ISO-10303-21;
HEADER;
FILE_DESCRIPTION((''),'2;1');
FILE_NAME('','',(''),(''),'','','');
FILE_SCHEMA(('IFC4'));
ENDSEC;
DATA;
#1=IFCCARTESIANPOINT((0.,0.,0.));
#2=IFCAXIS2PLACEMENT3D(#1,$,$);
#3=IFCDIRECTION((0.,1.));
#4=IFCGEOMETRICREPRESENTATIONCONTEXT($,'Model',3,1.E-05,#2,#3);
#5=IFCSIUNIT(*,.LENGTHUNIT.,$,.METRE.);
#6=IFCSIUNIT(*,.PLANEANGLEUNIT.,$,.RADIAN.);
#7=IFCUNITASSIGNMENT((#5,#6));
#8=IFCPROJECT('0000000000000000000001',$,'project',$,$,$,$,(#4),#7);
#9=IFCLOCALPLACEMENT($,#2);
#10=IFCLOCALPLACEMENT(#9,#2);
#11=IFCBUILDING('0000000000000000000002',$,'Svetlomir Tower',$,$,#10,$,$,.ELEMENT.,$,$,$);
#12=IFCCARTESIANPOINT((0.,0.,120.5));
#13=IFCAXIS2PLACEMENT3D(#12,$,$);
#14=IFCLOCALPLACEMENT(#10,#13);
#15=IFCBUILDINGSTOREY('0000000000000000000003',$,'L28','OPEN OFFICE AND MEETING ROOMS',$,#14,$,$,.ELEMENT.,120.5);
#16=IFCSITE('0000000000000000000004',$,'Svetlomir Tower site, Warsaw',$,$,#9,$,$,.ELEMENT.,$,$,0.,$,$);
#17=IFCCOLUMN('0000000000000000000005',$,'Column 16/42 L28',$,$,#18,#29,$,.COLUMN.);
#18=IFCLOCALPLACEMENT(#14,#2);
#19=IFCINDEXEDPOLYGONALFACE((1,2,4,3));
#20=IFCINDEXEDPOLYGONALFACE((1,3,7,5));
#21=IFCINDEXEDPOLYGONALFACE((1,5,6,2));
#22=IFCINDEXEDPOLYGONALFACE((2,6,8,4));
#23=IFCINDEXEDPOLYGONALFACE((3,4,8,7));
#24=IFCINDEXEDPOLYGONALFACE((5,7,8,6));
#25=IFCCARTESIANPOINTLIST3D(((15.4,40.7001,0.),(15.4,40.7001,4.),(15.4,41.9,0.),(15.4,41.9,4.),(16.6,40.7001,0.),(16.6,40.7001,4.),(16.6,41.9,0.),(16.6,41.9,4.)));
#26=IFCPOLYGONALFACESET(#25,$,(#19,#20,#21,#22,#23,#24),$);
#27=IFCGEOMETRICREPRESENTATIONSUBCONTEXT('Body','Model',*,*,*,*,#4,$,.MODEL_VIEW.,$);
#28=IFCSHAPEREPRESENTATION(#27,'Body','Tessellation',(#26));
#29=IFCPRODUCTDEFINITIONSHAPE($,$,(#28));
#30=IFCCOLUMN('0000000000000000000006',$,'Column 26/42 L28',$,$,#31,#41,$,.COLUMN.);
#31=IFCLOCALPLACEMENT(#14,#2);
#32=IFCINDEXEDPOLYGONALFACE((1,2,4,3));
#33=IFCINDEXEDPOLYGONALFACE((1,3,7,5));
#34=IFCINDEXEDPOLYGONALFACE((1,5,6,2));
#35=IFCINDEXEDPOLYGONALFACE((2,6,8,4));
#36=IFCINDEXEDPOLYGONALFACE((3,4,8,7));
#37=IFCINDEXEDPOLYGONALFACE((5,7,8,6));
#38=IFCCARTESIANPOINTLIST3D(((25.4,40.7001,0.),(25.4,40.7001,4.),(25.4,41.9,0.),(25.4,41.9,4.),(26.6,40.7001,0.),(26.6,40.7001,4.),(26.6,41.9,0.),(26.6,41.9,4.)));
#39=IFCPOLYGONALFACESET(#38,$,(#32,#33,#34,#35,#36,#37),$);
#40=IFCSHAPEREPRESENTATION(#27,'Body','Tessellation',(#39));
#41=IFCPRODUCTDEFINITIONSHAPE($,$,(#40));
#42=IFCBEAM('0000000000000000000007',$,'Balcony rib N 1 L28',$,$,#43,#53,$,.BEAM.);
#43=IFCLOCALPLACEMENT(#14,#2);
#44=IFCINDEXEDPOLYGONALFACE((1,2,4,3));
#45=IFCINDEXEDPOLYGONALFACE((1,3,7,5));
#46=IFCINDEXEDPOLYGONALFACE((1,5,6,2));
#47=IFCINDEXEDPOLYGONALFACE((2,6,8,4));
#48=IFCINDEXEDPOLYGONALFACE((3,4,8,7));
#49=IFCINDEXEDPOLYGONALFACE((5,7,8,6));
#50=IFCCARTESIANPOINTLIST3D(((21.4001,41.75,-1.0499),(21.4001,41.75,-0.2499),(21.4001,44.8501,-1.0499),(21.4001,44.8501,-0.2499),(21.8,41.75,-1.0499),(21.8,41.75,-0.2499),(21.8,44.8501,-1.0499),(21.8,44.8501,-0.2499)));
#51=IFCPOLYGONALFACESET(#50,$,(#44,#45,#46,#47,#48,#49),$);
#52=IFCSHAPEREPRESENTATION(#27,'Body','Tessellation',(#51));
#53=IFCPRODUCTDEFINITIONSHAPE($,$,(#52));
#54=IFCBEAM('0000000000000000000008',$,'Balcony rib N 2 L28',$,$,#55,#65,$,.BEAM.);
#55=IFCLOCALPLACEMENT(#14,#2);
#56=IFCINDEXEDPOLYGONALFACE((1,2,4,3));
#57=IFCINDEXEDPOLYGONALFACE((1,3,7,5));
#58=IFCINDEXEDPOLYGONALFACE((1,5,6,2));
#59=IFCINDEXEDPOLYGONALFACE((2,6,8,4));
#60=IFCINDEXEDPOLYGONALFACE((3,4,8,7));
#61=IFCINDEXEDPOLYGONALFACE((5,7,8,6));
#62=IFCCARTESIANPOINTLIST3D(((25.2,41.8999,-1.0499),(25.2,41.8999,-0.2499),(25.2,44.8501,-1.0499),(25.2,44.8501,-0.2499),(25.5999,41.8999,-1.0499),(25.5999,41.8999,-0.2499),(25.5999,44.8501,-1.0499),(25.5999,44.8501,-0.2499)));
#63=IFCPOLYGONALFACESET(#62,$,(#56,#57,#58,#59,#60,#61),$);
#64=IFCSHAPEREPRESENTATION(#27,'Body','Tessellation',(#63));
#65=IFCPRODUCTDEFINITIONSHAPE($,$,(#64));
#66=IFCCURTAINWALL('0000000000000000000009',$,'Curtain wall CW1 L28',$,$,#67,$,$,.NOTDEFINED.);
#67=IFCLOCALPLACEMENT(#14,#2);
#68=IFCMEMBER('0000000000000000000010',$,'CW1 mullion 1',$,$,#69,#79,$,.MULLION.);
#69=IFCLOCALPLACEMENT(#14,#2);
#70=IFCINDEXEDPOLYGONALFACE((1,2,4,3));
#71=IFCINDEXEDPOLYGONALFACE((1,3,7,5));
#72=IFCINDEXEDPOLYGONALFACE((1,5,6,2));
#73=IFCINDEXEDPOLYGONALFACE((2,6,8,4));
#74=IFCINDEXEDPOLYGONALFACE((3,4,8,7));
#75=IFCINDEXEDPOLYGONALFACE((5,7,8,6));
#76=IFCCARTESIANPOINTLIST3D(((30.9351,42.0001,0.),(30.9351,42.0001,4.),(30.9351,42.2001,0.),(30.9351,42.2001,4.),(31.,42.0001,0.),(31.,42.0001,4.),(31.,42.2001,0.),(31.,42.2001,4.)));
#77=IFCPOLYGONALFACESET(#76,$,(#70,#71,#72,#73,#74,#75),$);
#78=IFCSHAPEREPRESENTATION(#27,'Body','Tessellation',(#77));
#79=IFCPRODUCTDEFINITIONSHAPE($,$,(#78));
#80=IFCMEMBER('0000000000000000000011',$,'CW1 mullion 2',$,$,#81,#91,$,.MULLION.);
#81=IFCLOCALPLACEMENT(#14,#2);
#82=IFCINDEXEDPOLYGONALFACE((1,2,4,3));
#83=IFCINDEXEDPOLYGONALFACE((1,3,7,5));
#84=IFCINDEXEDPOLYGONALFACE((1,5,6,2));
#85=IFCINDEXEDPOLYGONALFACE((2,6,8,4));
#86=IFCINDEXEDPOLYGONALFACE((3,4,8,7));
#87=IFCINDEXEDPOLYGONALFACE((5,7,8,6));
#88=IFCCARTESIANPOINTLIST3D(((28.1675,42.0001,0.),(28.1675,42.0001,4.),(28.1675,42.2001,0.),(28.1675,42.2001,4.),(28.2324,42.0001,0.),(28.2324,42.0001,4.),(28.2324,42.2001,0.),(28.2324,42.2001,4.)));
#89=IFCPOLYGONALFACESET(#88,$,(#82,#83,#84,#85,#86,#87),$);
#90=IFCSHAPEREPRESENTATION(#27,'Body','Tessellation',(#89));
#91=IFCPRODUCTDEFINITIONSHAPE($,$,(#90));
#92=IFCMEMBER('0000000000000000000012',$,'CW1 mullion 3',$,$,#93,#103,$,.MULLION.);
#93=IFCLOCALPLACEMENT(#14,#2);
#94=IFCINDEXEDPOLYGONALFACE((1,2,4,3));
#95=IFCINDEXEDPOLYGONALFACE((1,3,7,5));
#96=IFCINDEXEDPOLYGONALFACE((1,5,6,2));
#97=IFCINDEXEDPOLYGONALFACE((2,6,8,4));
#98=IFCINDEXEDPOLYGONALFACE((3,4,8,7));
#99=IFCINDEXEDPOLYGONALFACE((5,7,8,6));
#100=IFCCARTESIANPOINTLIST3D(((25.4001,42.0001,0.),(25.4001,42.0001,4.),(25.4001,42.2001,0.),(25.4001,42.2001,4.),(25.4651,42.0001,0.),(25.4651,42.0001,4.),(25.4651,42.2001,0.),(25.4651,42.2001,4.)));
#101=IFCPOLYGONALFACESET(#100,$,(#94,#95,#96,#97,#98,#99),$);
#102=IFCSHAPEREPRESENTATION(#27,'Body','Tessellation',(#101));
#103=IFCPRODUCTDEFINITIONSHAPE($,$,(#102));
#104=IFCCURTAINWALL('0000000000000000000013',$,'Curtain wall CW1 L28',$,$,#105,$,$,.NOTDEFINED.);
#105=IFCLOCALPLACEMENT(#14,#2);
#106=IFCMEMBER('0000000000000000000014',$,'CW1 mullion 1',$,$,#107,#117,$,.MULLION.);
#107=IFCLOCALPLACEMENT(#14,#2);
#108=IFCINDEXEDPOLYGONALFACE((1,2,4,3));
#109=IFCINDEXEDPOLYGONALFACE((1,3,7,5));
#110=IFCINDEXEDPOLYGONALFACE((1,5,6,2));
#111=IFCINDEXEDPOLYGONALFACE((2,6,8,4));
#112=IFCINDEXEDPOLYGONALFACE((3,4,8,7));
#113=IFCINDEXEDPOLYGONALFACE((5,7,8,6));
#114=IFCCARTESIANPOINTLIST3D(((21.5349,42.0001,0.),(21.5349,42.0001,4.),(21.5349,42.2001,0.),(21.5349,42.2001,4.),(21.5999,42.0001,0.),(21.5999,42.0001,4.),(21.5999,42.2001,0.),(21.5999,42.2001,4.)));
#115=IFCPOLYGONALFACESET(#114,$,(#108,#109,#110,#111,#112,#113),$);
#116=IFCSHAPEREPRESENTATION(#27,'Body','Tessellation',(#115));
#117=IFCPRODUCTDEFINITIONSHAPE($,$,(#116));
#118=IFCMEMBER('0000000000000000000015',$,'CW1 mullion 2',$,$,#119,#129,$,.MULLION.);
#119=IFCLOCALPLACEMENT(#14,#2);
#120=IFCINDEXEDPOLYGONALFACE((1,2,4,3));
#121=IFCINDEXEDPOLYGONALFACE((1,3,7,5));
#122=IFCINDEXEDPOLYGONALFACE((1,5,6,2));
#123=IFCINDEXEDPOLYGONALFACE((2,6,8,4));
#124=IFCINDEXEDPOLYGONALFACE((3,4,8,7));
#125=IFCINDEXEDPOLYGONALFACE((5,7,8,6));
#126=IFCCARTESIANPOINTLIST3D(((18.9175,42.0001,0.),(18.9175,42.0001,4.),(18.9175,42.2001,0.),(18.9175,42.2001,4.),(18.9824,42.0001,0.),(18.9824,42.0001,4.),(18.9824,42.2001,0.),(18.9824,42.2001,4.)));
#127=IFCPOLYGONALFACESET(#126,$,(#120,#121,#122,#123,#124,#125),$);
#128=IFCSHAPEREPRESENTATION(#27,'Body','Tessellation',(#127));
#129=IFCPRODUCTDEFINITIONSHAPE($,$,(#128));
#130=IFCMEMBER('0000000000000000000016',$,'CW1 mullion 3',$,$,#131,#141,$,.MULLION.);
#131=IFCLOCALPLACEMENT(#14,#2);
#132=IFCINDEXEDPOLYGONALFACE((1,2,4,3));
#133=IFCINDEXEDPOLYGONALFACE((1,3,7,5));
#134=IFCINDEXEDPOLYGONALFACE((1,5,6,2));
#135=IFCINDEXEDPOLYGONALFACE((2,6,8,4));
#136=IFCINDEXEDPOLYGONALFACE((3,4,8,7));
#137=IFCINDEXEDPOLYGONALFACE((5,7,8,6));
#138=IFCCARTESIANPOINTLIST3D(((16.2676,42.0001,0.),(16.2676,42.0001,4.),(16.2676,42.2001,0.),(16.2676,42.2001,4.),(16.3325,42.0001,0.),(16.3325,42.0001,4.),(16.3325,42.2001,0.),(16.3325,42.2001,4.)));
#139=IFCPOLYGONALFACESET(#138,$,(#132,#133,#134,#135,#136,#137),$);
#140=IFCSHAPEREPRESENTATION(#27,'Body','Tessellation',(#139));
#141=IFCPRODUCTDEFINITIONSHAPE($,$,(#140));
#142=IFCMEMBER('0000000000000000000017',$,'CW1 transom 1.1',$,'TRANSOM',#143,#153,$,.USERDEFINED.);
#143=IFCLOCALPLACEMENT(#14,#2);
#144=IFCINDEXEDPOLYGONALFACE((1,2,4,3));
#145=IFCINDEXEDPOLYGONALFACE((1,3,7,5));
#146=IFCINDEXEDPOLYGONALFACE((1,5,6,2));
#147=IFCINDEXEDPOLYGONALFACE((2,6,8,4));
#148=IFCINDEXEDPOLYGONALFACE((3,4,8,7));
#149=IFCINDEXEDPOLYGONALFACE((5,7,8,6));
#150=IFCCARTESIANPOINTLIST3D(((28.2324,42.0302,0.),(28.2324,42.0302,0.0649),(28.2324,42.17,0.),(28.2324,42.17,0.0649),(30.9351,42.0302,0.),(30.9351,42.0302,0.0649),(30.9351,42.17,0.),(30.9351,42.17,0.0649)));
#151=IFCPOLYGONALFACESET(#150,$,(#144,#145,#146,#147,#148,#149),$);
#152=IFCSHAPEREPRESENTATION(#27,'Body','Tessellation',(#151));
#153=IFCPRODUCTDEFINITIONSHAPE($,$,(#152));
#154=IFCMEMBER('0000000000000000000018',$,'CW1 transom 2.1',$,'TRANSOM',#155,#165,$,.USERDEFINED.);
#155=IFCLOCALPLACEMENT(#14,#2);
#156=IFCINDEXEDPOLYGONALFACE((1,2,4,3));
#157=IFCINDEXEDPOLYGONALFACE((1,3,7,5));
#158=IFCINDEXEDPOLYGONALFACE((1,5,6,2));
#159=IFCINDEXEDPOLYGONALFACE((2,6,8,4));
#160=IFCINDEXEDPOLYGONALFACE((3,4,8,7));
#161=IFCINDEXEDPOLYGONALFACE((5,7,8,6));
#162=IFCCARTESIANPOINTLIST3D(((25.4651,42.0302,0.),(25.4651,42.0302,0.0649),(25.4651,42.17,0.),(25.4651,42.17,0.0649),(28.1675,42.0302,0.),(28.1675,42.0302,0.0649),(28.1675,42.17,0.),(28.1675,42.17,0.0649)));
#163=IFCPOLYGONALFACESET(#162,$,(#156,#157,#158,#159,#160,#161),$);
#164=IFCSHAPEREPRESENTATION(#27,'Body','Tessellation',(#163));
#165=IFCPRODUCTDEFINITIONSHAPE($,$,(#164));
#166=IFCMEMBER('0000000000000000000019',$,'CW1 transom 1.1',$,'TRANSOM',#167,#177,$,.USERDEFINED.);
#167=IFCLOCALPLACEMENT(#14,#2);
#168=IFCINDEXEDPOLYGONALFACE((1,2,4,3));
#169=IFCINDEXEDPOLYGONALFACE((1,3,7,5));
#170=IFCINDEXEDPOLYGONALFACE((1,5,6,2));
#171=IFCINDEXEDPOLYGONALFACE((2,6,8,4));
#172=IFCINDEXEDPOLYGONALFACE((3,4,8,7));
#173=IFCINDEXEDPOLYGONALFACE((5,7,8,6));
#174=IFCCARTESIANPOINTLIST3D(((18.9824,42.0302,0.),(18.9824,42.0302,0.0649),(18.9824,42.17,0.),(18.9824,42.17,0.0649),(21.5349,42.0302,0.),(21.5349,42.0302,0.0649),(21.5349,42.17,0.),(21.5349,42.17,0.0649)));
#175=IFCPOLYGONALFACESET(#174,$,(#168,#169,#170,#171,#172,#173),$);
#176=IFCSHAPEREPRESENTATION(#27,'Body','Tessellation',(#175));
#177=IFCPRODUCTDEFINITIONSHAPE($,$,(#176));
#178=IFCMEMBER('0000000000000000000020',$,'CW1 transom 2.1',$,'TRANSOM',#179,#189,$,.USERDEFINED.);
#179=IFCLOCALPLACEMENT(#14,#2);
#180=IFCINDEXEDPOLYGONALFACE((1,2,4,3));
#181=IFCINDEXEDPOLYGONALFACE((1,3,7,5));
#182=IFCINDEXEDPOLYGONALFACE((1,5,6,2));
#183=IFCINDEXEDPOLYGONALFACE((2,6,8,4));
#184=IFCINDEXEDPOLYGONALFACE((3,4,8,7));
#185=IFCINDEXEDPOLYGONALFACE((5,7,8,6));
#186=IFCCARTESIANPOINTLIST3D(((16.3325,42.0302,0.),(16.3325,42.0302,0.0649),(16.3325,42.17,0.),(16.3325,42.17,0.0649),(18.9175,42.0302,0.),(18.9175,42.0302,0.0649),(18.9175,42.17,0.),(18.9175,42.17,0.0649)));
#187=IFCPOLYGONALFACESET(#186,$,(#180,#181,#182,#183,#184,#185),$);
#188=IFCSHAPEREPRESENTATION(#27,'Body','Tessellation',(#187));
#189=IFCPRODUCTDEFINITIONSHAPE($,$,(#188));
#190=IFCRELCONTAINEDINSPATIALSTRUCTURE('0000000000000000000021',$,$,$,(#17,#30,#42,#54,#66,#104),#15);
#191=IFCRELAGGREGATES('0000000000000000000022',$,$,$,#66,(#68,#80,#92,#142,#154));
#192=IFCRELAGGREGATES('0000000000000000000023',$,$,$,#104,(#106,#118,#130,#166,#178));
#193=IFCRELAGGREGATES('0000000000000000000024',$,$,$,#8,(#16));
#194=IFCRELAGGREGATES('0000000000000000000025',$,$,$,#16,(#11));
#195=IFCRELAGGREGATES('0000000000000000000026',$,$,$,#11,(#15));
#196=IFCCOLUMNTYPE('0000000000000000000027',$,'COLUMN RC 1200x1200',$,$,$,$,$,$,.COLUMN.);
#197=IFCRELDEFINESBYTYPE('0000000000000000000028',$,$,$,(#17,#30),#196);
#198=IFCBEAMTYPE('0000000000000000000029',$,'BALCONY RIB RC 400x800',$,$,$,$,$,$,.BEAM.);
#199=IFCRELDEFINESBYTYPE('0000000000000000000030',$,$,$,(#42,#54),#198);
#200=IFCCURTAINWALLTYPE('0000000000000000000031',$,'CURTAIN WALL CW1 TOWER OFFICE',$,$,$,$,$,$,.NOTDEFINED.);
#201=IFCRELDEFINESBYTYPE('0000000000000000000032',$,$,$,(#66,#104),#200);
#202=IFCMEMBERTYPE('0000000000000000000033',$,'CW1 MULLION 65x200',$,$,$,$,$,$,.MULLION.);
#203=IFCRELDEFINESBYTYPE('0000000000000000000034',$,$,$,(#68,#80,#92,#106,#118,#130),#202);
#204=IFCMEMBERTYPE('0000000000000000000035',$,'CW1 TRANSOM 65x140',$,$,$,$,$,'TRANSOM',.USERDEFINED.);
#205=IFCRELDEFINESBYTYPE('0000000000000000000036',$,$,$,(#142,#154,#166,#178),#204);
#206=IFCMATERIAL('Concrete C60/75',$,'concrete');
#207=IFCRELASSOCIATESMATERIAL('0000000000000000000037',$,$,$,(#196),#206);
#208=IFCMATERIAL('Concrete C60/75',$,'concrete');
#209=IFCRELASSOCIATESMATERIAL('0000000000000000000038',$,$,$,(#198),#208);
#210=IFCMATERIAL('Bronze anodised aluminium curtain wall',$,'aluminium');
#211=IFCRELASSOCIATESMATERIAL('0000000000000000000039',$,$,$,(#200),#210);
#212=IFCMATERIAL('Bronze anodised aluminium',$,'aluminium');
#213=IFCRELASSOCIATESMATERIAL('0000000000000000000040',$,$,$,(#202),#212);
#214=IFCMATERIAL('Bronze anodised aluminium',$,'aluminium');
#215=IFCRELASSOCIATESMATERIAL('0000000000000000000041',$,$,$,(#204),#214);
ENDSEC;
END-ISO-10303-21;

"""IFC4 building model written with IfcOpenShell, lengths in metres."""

from ifc_helpers import new_model, si_unit, direction, frame, origin, origin_2d, place, context, subcontext, project, spatial, rectangle, extrude, material, material_profile, profile_set, type_object, element, aggregate, save


model = new_model("IFC4")

# Units and contexts
model_context = context("Model", 3, precision=1e-05, world=origin(), true_north=direction((0.0, 1.0)))
body_context = subcontext(model_context, "Body", "Model", "MODEL_VIEW")
ifc_project = project(units=[si_unit("LENGTHUNIT", "METRE"), si_unit("PLANEANGLEUNIT", "RADIAN")], contexts=[model_context])

# Site, building, storey
site_placement = place(None, origin())
site = spatial("IfcSite", under=ifc_project, at=site_placement, Name="Svetlomir Tower site, Warsaw", CompositionType="ELEMENT", RefElevation=0.0)
building_placement = place(site_placement, origin())
building = spatial("IfcBuilding", under=site, at=building_placement, Name="Svetlomir Tower", CompositionType="ELEMENT")
storey_placement = place(building_placement, frame((0.0, 0.0, 120.5)))
storey = spatial("IfcBuildingStorey", under=building, at=storey_placement, Name="L28", Description="OPEN OFFICE AND MEETING ROOMS", CompositionType="ELEMENT", Elevation=120.5)

# Columns
ifc_material_1 = material(Name="Concrete C60/75", Category="concrete")
ifc_material_profile_1 = material_profile(ifc_material_1, rectangle(XDim=1.2, YDim=1.2, at=origin_2d()), Name="RC 1200x1200")
ifc_profile_set_1 = profile_set([ifc_material_profile_1], Name="Concrete C60/75")
column_type = type_object("IfcColumnType", Name="COLUMN RC 1200x1200", PredefinedType="COLUMN", material=ifc_profile_set_1)
for number, where, z_axis, x_axis, name in (
    (1, (16.0, 41.3, 0.0), (0.0, 0.0, 1.0), (1.0, 0.0, 0.0), "Column 16/42 L28"),
    (2, (26.0, 41.3, 0.0), (0.0, 0.0, 1.0), (1.0, 0.0, 0.0), "Column 26/42 L28"),
):
    element("IfcColumn", number, at=place(storey_placement, frame(where, z_axis=z_axis, x_axis=x_axis)), inside=storey, type_object=column_type, Name=name, PredefinedType="COLUMN", context=body_context, shape_type="SweptSolid", body=[
        extrude(rectangle(XDim=1.2, YDim=1.2, at=origin_2d()), origin(), (0.0, 0.0, 1.0), 4.0),
    ])

# Beams
ifc_material_2 = material(Name="Concrete C60/75", Category="concrete")
ifc_material_profile_2 = material_profile(ifc_material_2, rectangle(XDim=0.3999, YDim=0.8, at=origin_2d()), Name="RC 400x800")
ifc_profile_set_2 = profile_set([ifc_material_profile_2], Name="Concrete C60/75")
beam_type_1 = type_object("IfcBeamType", Name="BALCONY RIB RC 400x800", PredefinedType="BEAM", material=ifc_profile_set_2)
beam_1_placement = place(storey_placement, frame((21.6001, 41.75, -0.6499), z_axis=(0.0, 1.0, 0.0), x_axis=(-1.0, 0.0, 0.0)))
element("IfcBeam", 3, at=beam_1_placement, inside=storey, type_object=beam_type_1, Name="Balcony rib N 1 L28", PredefinedType="BEAM", context=body_context, shape_type="SweptSolid", body=[
    extrude(rectangle(XDim=0.3999, YDim=0.8, at=origin_2d()), origin(), (0.0, 0.0, 1.0), 3.1001),
])
beam_2_placement = place(storey_placement, frame((25.3999, 41.8999, -0.6499), z_axis=(0.0, 1.0, 0.0), x_axis=(-1.0, 0.0, 0.0)))
element("IfcBeam", 4, at=beam_2_placement, inside=storey, type_object=beam_type_1, Name="Balcony rib N 2 L28", PredefinedType="BEAM", context=body_context, shape_type="SweptSolid", body=[
    extrude(rectangle(XDim=0.3999, YDim=0.8, at=origin_2d()), origin(), (0.0, 0.0, 1.0), 2.9502),
])

# Curtain walls, members
ifc_material_3 = material(Name="Bronze anodised aluminium curtain wall", Category="aluminium")
curtain_wall_type = type_object("IfcCurtainWallType", Name="CURTAIN WALL CW1 TOWER OFFICE", PredefinedType="NOTDEFINED", material=ifc_material_3)
curtain_wall_1_placement = place(storey_placement, origin())
curtain_wall_1 = element("IfcCurtainWall", 5, at=curtain_wall_1_placement, inside=storey, type_object=curtain_wall_type, Name="Curtain wall CW1 L28", PredefinedType="NOTDEFINED")
ifc_material_4 = material(Name="Bronze anodised aluminium", Category="aluminium")
ifc_material_profile_3 = material_profile(ifc_material_4, rectangle(XDim=0.0649, YDim=0.2, at=origin_2d()), Name="AL 65x200")
ifc_profile_set_3 = profile_set([ifc_material_profile_3], Name="Bronze anodised aluminium 6063-T6")
member_type_1 = type_object("IfcMemberType", Name="CW1 MULLION 65x200", PredefinedType="MULLION", material=ifc_profile_set_3)
member_1_placement = place(storey_placement, frame((30.9675, 42.1001, 0.0), z_axis=(0.0, 0.0, 1.0), x_axis=(-1.0, 0.0, 0.0)))
member_1 = element("IfcMember", 6, at=member_1_placement, type_object=member_type_1, Name="CW1 mullion 1", PredefinedType="MULLION", context=body_context, shape_type="SweptSolid", body=[
    extrude(rectangle(XDim=0.0649, YDim=0.2, at=origin_2d()), origin(), (0.0, 0.0, 1.0), 4.0),
])
member_2_placement = place(storey_placement, frame((28.2, 42.1001, 0.0), z_axis=(0.0, 0.0, 1.0), x_axis=(-1.0, 0.0, 0.0)))
member_2 = element("IfcMember", 7, at=member_2_placement, type_object=member_type_1, Name="CW1 mullion 2", PredefinedType="MULLION", context=body_context, shape_type="SweptSolid", body=[
    extrude(rectangle(XDim=0.0649, YDim=0.2, at=origin_2d()), origin(), (0.0, 0.0, 1.0), 4.0),
])
member_3_placement = place(storey_placement, frame((25.4326, 42.1001, 0.0), z_axis=(0.0, 0.0, 1.0), x_axis=(-1.0, 0.0, 0.0)))
member_3 = element("IfcMember", 8, at=member_3_placement, type_object=member_type_1, Name="CW1 mullion 3", PredefinedType="MULLION", context=body_context, shape_type="SweptSolid", body=[
    extrude(rectangle(XDim=0.0649, YDim=0.2, at=origin_2d()), origin(), (0.0, 0.0, 1.0), 4.0),
])
curtain_wall_2_placement = place(storey_placement, origin())
curtain_wall_2 = element("IfcCurtainWall", 9, at=curtain_wall_2_placement, inside=storey, type_object=curtain_wall_type, Name="Curtain wall CW1 L28", PredefinedType="NOTDEFINED")
member_4_placement = place(storey_placement, frame((21.5674, 42.1001, 0.0), z_axis=(0.0, 0.0, 1.0), x_axis=(-1.0, 0.0, 0.0)))
member_4 = element("IfcMember", 10, at=member_4_placement, type_object=member_type_1, Name="CW1 mullion 1", PredefinedType="MULLION", context=body_context, shape_type="SweptSolid", body=[
    extrude(rectangle(XDim=0.0649, YDim=0.2, at=origin_2d()), origin(), (0.0, 0.0, 1.0), 4.0),
])
member_5_placement = place(storey_placement, frame((18.95, 42.1001, 0.0), z_axis=(0.0, 0.0, 1.0), x_axis=(-1.0, 0.0, 0.0)))
member_5 = element("IfcMember", 11, at=member_5_placement, type_object=member_type_1, Name="CW1 mullion 2", PredefinedType="MULLION", context=body_context, shape_type="SweptSolid", body=[
    extrude(rectangle(XDim=0.0649, YDim=0.2, at=origin_2d()), origin(), (0.0, 0.0, 1.0), 4.0),
])
member_6_placement = place(storey_placement, frame((16.3, 42.1001, 0.0), z_axis=(0.0, 0.0, 1.0), x_axis=(-1.0, 0.0, 0.0)))
member_6 = element("IfcMember", 12, at=member_6_placement, type_object=member_type_1, Name="CW1 mullion 3", PredefinedType="MULLION", context=body_context, shape_type="SweptSolid", body=[
    extrude(rectangle(XDim=0.0649, YDim=0.2, at=origin_2d()), origin(), (0.0, 0.0, 1.0), 4.0),
])

# Members
ifc_material_5 = material(Name="Bronze anodised aluminium", Category="aluminium")
ifc_material_profile_4 = material_profile(ifc_material_5, rectangle(XDim=0.1399, YDim=0.0649, at=origin_2d()), Name="AL 140x65")
ifc_profile_set_4 = profile_set([ifc_material_profile_4], Name="Bronze anodised aluminium 6063-T6")
member_type_2 = type_object("IfcMemberType", Name="CW1 TRANSOM 65x140", ElementType="TRANSOM", PredefinedType="USERDEFINED", material=ifc_profile_set_4)
member_7_placement = place(storey_placement, frame((30.9351, 42.1001, 0.0325), z_axis=(-1.0, 0.0, 0.0), x_axis=(0.0, -1.0, 0.0)))
member_7 = element("IfcMember", 13, at=member_7_placement, type_object=member_type_2, Name="CW1 transom 1.1", ObjectType="TRANSOM", PredefinedType="USERDEFINED", context=body_context, shape_type="SweptSolid", body=[
    extrude(rectangle(XDim=0.1399, YDim=0.0649, at=origin_2d()), origin(), (0.0, 0.0, 1.0), 2.7026),
])
member_8_placement = place(storey_placement, frame((28.1675, 42.1001, 0.0325), z_axis=(-1.0, 0.0, 0.0), x_axis=(0.0, -1.0, 0.0)))
member_8 = element("IfcMember", 14, at=member_8_placement, type_object=member_type_2, Name="CW1 transom 2.1", ObjectType="TRANSOM", PredefinedType="USERDEFINED", context=body_context, shape_type="SweptSolid", body=[
    extrude(rectangle(XDim=0.1399, YDim=0.0649, at=origin_2d()), origin(), (0.0, 0.0, 1.0), 2.7024),
])
member_9_placement = place(storey_placement, frame((21.5349, 42.1001, 0.0325), z_axis=(-1.0, 0.0, 0.0), x_axis=(0.0, -1.0, 0.0)))
member_9 = element("IfcMember", 15, at=member_9_placement, type_object=member_type_2, Name="CW1 transom 1.1", ObjectType="TRANSOM", PredefinedType="USERDEFINED", context=body_context, shape_type="SweptSolid", body=[
    extrude(rectangle(XDim=0.1399, YDim=0.0649, at=origin_2d()), origin(), (0.0, 0.0, 1.0), 2.5525),
])
member_10_placement = place(storey_placement, frame((18.9175, 42.1001, 0.0325), z_axis=(-1.0, 0.0, 0.0), x_axis=(0.0, -1.0, 0.0)))
member_10 = element("IfcMember", 16, at=member_10_placement, type_object=member_type_2, Name="CW1 transom 2.1", ObjectType="TRANSOM", PredefinedType="USERDEFINED", context=body_context, shape_type="SweptSolid", body=[
    extrude(rectangle(XDim=0.1399, YDim=0.0649, at=origin_2d()), origin(), (0.0, 0.0, 1.0), 2.585),
])

aggregate(curtain_wall_1, [member_1, member_2, member_3, member_7, member_8])
aggregate(curtain_wall_2, [member_4, member_5, member_6, member_9, member_10])

save(model, "model.ifc")
